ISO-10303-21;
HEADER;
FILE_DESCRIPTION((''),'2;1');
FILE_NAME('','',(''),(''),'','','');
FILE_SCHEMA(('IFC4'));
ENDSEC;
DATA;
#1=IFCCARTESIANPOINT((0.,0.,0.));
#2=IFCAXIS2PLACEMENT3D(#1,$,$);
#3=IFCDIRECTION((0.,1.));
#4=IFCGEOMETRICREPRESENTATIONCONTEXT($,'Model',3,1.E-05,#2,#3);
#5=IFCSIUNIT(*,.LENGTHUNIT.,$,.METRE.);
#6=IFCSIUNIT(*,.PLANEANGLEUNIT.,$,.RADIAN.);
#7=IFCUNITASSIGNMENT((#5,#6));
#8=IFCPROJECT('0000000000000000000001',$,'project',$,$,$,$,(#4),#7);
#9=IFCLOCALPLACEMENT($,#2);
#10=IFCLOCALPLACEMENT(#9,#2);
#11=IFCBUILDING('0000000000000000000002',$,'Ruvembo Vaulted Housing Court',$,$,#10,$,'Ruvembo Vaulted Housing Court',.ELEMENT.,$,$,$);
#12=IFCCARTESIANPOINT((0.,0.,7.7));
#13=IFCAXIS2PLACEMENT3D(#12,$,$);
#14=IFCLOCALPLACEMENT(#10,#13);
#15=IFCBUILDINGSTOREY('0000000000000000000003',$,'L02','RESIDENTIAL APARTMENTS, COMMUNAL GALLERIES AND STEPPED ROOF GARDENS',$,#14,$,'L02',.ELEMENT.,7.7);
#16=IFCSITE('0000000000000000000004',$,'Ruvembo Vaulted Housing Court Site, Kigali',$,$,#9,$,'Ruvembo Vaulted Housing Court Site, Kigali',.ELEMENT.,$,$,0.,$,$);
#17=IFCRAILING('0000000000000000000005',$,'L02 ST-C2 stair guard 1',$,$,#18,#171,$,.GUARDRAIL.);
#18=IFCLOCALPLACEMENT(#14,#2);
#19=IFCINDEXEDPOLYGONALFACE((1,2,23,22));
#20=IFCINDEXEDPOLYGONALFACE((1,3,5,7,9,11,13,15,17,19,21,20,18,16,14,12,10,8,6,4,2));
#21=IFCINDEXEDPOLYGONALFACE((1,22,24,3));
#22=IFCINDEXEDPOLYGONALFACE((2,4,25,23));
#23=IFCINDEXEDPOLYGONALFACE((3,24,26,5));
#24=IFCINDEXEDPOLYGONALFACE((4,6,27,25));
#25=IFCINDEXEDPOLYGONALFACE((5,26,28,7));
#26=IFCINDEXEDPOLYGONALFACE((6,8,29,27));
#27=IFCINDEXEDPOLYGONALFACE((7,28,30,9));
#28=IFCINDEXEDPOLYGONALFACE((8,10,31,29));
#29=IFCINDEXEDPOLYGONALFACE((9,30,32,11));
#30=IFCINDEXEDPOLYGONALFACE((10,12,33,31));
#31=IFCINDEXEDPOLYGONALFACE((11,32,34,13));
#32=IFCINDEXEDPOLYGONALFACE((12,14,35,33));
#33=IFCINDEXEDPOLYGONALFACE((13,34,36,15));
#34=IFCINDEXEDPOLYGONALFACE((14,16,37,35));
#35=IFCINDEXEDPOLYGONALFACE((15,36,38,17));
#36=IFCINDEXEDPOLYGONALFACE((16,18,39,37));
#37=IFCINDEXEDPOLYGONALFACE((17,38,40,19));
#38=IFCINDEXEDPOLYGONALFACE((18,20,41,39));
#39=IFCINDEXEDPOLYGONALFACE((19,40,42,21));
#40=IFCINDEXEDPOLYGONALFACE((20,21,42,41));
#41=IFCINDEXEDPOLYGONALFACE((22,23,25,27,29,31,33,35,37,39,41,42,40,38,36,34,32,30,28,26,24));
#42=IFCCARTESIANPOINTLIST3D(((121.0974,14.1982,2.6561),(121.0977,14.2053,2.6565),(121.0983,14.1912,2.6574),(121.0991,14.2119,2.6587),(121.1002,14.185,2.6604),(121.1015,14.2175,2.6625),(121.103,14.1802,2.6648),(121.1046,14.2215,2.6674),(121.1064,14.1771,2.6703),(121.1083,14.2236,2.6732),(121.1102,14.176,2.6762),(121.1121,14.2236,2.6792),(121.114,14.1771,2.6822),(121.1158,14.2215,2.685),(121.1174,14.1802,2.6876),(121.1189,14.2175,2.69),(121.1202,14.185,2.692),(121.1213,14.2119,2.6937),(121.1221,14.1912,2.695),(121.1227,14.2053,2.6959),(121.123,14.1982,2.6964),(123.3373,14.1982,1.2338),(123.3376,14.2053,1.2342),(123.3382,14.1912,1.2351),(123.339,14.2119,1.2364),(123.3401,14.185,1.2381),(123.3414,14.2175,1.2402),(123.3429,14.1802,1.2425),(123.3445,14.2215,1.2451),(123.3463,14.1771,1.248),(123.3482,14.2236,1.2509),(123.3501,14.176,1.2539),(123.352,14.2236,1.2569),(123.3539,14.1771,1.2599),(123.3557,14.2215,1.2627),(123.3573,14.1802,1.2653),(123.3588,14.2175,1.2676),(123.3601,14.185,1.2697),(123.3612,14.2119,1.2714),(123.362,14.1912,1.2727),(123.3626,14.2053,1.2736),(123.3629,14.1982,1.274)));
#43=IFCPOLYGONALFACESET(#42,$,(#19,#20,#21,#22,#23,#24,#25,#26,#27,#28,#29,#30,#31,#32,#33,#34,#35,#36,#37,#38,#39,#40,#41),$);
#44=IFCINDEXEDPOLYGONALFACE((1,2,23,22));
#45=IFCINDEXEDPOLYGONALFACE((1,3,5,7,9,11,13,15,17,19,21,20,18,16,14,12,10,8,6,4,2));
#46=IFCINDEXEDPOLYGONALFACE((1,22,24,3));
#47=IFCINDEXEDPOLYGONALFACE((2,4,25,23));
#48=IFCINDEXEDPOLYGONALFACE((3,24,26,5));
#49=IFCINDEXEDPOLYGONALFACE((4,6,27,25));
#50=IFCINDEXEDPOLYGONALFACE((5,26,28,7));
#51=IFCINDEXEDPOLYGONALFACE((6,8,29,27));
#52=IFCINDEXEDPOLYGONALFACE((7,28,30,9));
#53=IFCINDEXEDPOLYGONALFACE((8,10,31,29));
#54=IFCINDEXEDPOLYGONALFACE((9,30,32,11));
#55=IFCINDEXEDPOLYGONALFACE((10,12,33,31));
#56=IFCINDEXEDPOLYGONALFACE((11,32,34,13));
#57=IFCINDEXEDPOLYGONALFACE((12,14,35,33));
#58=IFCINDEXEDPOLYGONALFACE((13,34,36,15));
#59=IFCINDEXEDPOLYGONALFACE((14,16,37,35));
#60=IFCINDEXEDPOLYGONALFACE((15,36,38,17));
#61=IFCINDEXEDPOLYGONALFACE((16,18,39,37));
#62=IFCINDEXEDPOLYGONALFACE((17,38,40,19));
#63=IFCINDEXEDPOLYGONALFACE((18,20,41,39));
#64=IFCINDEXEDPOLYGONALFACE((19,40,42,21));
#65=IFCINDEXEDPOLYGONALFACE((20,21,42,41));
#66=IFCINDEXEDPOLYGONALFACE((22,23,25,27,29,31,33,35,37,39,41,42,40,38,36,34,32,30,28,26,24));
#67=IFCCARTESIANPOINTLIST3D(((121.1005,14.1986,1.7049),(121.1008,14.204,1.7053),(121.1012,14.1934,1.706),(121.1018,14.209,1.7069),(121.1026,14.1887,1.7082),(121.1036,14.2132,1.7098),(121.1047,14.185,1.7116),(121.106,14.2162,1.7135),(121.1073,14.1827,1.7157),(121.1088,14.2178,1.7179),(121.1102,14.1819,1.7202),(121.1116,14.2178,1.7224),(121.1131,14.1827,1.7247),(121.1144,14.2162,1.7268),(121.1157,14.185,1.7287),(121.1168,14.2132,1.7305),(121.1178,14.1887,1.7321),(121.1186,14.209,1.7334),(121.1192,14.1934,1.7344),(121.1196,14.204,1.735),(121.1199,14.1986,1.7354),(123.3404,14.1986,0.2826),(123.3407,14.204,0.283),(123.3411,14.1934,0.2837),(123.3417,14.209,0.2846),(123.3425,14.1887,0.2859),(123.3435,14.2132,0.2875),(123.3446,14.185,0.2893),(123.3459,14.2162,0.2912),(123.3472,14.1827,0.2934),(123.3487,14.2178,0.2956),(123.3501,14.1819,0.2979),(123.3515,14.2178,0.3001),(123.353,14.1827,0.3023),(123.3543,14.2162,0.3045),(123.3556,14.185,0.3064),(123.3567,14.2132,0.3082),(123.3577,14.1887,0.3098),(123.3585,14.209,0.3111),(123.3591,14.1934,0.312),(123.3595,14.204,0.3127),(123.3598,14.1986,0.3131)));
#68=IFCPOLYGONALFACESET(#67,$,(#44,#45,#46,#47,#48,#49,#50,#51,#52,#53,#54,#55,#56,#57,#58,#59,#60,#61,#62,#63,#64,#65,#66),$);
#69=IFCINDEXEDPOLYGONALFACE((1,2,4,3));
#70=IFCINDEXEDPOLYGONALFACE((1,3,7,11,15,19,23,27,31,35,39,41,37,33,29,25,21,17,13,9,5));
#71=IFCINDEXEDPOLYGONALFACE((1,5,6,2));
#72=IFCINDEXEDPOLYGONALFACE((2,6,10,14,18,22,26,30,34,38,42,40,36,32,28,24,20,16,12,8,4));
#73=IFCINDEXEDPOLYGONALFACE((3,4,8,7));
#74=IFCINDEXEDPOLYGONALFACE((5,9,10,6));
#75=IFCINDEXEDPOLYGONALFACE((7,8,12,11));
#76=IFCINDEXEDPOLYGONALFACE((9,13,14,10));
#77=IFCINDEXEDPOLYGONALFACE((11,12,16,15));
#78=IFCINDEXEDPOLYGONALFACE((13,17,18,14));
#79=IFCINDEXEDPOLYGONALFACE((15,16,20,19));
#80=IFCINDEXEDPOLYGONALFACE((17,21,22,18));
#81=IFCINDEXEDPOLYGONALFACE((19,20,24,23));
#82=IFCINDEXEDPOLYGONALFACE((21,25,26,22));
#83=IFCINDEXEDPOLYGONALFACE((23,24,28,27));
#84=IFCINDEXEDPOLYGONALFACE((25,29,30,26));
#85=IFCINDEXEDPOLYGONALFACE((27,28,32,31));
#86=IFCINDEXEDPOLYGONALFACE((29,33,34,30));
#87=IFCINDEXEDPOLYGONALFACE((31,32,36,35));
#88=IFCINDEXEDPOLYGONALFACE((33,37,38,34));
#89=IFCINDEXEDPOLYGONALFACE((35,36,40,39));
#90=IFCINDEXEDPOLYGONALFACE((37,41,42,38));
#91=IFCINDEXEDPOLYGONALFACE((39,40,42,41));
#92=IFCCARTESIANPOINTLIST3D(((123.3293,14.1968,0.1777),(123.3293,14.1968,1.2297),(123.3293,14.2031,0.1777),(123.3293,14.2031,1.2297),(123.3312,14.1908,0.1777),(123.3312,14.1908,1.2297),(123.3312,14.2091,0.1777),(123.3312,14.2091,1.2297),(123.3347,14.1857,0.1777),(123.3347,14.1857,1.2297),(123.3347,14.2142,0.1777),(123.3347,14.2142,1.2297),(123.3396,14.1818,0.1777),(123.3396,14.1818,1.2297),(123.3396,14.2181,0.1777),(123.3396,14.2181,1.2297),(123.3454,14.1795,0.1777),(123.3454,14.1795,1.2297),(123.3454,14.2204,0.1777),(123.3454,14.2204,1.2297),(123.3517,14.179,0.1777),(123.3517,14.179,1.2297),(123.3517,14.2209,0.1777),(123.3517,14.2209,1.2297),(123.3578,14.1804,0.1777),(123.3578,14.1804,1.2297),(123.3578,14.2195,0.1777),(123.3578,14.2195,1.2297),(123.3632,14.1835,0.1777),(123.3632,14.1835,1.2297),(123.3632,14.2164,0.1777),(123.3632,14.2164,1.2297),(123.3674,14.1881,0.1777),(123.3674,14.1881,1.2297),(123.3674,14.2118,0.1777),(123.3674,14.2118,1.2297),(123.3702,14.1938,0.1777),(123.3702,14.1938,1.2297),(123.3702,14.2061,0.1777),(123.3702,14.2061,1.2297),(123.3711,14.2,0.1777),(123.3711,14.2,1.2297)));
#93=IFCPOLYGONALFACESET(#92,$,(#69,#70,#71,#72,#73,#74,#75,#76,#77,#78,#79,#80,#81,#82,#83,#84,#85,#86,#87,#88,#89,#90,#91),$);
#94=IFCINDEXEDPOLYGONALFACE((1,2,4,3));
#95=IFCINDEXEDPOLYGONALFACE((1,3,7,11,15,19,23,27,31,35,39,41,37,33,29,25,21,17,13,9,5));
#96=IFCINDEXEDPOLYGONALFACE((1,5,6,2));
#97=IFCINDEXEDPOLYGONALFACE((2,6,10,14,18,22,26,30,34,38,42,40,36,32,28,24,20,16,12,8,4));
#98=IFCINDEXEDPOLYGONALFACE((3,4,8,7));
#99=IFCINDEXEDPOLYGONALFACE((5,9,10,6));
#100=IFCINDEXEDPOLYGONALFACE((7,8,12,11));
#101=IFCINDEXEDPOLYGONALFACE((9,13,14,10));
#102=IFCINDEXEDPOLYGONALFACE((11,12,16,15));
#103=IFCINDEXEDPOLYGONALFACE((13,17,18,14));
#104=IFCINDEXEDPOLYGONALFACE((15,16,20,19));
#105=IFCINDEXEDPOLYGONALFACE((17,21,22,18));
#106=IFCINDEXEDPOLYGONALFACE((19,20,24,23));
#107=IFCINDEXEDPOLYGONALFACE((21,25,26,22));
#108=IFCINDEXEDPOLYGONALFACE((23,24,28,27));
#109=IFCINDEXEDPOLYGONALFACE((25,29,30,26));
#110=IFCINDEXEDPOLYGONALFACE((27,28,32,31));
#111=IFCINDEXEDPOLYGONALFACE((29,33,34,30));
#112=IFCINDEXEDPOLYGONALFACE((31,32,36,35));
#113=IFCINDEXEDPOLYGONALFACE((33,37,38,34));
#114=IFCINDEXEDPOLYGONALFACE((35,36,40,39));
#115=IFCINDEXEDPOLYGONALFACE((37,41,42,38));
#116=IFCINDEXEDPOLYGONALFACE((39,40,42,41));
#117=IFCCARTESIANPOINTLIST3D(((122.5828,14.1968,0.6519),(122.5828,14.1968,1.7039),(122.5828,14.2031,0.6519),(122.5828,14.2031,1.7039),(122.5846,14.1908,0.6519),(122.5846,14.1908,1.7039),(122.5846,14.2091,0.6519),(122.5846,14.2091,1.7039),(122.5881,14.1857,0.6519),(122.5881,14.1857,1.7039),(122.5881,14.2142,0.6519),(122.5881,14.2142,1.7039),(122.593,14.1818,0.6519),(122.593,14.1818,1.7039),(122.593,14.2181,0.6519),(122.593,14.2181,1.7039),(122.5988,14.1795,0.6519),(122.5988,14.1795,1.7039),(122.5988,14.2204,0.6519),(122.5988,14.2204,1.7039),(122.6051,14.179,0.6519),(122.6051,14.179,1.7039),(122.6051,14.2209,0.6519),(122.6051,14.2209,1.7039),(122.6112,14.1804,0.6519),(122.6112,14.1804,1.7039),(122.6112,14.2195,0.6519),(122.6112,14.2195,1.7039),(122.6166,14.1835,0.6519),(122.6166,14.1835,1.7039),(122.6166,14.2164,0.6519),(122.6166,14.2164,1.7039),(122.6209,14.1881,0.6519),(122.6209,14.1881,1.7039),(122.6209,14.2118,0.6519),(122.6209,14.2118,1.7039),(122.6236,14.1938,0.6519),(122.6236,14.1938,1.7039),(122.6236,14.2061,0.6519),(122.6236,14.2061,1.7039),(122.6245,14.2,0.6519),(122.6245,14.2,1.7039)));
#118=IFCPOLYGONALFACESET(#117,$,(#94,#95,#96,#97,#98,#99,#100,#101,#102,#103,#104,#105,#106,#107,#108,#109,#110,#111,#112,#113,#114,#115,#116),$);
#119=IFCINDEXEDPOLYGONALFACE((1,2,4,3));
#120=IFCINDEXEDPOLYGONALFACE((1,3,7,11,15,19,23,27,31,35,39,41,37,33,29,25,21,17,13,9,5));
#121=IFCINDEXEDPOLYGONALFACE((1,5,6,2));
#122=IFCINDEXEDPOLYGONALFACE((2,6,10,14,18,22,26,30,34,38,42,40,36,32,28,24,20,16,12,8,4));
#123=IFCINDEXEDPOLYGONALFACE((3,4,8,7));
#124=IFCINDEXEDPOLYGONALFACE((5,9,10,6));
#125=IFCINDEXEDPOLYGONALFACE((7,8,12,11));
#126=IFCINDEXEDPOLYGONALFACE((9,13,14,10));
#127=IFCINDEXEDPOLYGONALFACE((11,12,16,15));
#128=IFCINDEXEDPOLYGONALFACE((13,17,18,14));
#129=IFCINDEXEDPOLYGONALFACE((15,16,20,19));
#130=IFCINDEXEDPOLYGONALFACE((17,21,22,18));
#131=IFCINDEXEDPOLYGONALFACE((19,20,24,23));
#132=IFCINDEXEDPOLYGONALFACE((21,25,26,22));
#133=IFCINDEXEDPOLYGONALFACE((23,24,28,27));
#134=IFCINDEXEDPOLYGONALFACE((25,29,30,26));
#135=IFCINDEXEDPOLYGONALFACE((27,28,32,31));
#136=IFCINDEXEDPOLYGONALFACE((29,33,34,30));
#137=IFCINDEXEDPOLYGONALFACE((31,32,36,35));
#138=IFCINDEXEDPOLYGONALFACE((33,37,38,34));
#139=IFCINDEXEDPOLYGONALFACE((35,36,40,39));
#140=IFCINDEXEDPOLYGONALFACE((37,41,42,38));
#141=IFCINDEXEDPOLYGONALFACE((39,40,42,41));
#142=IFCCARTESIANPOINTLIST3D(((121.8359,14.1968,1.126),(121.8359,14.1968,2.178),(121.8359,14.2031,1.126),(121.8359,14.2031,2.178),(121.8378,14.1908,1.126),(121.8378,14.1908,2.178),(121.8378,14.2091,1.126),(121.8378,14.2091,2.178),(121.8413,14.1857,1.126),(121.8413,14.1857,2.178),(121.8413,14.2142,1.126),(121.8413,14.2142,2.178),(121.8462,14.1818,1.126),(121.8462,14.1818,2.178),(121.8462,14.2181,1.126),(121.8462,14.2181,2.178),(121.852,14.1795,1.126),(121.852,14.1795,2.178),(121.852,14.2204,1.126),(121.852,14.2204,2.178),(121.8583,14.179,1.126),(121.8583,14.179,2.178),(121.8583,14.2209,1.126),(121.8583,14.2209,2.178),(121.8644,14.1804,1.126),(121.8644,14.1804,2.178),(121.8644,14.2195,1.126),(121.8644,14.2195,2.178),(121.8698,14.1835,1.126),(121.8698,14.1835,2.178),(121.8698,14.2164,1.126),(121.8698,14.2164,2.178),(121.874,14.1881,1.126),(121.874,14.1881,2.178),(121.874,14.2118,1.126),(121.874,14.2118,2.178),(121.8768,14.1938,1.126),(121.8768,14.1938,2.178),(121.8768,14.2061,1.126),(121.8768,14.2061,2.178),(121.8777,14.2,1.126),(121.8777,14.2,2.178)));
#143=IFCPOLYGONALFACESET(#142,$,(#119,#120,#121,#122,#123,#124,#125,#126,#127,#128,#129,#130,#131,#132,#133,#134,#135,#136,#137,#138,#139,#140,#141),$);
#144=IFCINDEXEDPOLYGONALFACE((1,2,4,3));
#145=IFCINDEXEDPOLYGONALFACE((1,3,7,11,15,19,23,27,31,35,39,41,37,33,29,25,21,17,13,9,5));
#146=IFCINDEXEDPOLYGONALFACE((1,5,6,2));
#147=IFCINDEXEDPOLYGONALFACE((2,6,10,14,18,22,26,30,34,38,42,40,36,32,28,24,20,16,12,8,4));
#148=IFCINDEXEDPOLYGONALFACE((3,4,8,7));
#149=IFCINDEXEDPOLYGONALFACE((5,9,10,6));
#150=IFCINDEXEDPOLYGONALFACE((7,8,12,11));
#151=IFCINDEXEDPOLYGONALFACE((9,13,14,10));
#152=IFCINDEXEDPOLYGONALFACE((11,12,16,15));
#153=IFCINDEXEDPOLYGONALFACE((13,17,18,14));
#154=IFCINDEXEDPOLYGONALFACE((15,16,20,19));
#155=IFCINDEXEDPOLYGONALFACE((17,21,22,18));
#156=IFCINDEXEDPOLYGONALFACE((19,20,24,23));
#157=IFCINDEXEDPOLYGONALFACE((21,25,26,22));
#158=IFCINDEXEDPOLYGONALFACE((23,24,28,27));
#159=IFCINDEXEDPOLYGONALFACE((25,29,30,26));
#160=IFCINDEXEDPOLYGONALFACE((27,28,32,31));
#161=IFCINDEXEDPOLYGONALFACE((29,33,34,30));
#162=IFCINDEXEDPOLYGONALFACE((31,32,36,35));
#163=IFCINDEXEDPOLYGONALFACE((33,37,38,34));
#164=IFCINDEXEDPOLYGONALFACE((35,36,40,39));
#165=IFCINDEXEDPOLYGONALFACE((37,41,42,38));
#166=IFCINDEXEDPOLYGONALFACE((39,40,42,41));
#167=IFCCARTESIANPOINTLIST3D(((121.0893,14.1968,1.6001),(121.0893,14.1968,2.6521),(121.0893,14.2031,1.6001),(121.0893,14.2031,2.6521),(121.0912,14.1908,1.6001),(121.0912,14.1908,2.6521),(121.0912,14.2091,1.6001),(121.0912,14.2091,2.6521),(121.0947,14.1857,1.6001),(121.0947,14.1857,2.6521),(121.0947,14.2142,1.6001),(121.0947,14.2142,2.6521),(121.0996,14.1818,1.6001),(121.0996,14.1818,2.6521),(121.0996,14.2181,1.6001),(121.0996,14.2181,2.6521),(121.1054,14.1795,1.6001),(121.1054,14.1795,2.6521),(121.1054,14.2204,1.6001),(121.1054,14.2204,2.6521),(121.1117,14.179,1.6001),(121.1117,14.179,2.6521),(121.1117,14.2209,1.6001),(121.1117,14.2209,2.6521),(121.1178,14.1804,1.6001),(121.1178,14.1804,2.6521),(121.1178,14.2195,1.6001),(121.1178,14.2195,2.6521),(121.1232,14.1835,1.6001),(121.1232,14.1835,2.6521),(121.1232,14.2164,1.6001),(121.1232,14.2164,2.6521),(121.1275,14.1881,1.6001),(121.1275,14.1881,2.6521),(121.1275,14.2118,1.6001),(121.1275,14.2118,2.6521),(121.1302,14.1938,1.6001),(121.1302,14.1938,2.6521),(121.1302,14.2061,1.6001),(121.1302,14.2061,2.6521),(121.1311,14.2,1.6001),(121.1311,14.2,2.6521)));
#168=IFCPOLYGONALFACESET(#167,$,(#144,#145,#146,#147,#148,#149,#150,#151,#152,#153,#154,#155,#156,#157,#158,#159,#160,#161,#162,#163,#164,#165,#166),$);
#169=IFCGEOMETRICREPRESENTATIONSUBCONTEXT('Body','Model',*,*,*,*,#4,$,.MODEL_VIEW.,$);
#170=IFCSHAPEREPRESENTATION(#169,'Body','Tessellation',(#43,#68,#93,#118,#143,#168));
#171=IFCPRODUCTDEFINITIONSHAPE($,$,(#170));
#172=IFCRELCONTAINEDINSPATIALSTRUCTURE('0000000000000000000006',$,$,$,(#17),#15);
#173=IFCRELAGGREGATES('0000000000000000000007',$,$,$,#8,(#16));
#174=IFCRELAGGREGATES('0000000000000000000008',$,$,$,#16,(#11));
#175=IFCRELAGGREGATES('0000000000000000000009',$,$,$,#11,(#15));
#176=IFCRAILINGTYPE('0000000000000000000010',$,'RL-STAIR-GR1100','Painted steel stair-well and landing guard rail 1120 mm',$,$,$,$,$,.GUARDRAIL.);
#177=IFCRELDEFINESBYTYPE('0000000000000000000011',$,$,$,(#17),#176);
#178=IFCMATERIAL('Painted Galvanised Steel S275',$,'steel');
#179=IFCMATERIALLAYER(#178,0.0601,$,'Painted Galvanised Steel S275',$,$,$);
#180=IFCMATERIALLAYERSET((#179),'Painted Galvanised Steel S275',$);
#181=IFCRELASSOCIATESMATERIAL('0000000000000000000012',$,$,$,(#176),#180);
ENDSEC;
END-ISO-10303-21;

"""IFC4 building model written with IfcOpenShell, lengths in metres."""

from ifc_helpers import new_model, si_unit, direction, frame, origin, origin_2d, place, context, subcontext, project, spatial, circle, extrude, material, layer, layer_set, type_object, element, save


model = new_model("IFC4")

# Units and contexts
model_context = context("Model", 3, precision=1e-05, world=origin(), true_north=direction((0.0, 1.0)))
body_context = subcontext(model_context, "Body", "Model", "MODEL_VIEW")
ifc_project = project(units=[si_unit("LENGTHUNIT", "METRE"), si_unit("PLANEANGLEUNIT", "RADIAN")], contexts=[model_context])

# Site, building, storey
site_placement = place(None, origin())
site = spatial("IfcSite", under=ifc_project, at=site_placement, Name="Ruvembo Vaulted Housing Court Site, Kigali", LongName="Ruvembo Vaulted Housing Court Site, Kigali", CompositionType="ELEMENT", RefElevation=0.0)
building_placement = place(site_placement, origin())
building = spatial("IfcBuilding", under=site, at=building_placement, Name="Ruvembo Vaulted Housing Court", LongName="Ruvembo Vaulted Housing Court", CompositionType="ELEMENT")
storey_placement = place(building_placement, frame((0.0, 0.0, 7.7)))
storey = spatial("IfcBuildingStorey", under=building, at=storey_placement, Name="L02", Description="RESIDENTIAL APARTMENTS, COMMUNAL GALLERIES AND STEPPED ROOF GARDENS", LongName="L02", CompositionType="ELEMENT", Elevation=7.7)

# Railing
ifc_material_1 = material(Name="Painted Galvanised Steel S275", Category="steel")
ifc_layer_1 = layer(ifc_material_1, 0.0601, Name="Painted Galvanised Steel S275")
ifc_layer_set_1 = layer_set([ifc_layer_1], Name="Painted Galvanised Steel S275")
railing_type_1 = type_object("IfcRailingType", Name="RL-STAIR-GR1100", Description="Painted steel stair-well and landing guard rail 1120 mm", PredefinedType="GUARDRAIL", material=ifc_layer_set_1)
railing_1_placement = place(storey_placement, frame((123.3501, 14.2, 0.1777)))
element("IfcRailing", 1, at=railing_1_placement, inside=storey, type_object=railing_type_1, Name="L02 ST-C2 stair guard 1", PredefinedType="GUARDRAIL", context=body_context, shape_type="SweptSolid", body=[
    extrude(circle(Radius=0.0239, at=origin_2d()), frame((0.0, 0.0, 1.0762), z_axis=(-0.844188, 0.0, 0.536048), x_axis=(0.0, -1.0, 0.0)), (0.0, 0.0, 1.0), 2.6533),
    extrude(circle(Radius=0.0181, at=origin_2d()), frame((0.0, 0.0, 0.1201), z_axis=(-0.844188, 0.0, 0.536048), x_axis=(0.0, -1.0, 0.0)), (0.0, 0.0, 1.0), 2.6533),
    extrude(circle(Radius=0.021, at=origin_2d()), origin(), (0.0, 0.0, 1.0), 1.052),
    extrude(circle(Radius=0.021, at=origin_2d()), frame((-0.7466, 0.0, 0.4741)), (0.0, 0.0, 1.0), 1.052),
    extrude(circle(Radius=0.021, at=origin_2d()), frame((-1.4934, 0.0, 0.9482)), (0.0, 0.0, 1.0), 1.052),
    extrude(circle(Radius=0.021, at=origin_2d()), frame((-2.24, 0.0, 1.4224)), (0.0, 0.0, 1.0), 1.052),
])

save(model, "model.ifc")
